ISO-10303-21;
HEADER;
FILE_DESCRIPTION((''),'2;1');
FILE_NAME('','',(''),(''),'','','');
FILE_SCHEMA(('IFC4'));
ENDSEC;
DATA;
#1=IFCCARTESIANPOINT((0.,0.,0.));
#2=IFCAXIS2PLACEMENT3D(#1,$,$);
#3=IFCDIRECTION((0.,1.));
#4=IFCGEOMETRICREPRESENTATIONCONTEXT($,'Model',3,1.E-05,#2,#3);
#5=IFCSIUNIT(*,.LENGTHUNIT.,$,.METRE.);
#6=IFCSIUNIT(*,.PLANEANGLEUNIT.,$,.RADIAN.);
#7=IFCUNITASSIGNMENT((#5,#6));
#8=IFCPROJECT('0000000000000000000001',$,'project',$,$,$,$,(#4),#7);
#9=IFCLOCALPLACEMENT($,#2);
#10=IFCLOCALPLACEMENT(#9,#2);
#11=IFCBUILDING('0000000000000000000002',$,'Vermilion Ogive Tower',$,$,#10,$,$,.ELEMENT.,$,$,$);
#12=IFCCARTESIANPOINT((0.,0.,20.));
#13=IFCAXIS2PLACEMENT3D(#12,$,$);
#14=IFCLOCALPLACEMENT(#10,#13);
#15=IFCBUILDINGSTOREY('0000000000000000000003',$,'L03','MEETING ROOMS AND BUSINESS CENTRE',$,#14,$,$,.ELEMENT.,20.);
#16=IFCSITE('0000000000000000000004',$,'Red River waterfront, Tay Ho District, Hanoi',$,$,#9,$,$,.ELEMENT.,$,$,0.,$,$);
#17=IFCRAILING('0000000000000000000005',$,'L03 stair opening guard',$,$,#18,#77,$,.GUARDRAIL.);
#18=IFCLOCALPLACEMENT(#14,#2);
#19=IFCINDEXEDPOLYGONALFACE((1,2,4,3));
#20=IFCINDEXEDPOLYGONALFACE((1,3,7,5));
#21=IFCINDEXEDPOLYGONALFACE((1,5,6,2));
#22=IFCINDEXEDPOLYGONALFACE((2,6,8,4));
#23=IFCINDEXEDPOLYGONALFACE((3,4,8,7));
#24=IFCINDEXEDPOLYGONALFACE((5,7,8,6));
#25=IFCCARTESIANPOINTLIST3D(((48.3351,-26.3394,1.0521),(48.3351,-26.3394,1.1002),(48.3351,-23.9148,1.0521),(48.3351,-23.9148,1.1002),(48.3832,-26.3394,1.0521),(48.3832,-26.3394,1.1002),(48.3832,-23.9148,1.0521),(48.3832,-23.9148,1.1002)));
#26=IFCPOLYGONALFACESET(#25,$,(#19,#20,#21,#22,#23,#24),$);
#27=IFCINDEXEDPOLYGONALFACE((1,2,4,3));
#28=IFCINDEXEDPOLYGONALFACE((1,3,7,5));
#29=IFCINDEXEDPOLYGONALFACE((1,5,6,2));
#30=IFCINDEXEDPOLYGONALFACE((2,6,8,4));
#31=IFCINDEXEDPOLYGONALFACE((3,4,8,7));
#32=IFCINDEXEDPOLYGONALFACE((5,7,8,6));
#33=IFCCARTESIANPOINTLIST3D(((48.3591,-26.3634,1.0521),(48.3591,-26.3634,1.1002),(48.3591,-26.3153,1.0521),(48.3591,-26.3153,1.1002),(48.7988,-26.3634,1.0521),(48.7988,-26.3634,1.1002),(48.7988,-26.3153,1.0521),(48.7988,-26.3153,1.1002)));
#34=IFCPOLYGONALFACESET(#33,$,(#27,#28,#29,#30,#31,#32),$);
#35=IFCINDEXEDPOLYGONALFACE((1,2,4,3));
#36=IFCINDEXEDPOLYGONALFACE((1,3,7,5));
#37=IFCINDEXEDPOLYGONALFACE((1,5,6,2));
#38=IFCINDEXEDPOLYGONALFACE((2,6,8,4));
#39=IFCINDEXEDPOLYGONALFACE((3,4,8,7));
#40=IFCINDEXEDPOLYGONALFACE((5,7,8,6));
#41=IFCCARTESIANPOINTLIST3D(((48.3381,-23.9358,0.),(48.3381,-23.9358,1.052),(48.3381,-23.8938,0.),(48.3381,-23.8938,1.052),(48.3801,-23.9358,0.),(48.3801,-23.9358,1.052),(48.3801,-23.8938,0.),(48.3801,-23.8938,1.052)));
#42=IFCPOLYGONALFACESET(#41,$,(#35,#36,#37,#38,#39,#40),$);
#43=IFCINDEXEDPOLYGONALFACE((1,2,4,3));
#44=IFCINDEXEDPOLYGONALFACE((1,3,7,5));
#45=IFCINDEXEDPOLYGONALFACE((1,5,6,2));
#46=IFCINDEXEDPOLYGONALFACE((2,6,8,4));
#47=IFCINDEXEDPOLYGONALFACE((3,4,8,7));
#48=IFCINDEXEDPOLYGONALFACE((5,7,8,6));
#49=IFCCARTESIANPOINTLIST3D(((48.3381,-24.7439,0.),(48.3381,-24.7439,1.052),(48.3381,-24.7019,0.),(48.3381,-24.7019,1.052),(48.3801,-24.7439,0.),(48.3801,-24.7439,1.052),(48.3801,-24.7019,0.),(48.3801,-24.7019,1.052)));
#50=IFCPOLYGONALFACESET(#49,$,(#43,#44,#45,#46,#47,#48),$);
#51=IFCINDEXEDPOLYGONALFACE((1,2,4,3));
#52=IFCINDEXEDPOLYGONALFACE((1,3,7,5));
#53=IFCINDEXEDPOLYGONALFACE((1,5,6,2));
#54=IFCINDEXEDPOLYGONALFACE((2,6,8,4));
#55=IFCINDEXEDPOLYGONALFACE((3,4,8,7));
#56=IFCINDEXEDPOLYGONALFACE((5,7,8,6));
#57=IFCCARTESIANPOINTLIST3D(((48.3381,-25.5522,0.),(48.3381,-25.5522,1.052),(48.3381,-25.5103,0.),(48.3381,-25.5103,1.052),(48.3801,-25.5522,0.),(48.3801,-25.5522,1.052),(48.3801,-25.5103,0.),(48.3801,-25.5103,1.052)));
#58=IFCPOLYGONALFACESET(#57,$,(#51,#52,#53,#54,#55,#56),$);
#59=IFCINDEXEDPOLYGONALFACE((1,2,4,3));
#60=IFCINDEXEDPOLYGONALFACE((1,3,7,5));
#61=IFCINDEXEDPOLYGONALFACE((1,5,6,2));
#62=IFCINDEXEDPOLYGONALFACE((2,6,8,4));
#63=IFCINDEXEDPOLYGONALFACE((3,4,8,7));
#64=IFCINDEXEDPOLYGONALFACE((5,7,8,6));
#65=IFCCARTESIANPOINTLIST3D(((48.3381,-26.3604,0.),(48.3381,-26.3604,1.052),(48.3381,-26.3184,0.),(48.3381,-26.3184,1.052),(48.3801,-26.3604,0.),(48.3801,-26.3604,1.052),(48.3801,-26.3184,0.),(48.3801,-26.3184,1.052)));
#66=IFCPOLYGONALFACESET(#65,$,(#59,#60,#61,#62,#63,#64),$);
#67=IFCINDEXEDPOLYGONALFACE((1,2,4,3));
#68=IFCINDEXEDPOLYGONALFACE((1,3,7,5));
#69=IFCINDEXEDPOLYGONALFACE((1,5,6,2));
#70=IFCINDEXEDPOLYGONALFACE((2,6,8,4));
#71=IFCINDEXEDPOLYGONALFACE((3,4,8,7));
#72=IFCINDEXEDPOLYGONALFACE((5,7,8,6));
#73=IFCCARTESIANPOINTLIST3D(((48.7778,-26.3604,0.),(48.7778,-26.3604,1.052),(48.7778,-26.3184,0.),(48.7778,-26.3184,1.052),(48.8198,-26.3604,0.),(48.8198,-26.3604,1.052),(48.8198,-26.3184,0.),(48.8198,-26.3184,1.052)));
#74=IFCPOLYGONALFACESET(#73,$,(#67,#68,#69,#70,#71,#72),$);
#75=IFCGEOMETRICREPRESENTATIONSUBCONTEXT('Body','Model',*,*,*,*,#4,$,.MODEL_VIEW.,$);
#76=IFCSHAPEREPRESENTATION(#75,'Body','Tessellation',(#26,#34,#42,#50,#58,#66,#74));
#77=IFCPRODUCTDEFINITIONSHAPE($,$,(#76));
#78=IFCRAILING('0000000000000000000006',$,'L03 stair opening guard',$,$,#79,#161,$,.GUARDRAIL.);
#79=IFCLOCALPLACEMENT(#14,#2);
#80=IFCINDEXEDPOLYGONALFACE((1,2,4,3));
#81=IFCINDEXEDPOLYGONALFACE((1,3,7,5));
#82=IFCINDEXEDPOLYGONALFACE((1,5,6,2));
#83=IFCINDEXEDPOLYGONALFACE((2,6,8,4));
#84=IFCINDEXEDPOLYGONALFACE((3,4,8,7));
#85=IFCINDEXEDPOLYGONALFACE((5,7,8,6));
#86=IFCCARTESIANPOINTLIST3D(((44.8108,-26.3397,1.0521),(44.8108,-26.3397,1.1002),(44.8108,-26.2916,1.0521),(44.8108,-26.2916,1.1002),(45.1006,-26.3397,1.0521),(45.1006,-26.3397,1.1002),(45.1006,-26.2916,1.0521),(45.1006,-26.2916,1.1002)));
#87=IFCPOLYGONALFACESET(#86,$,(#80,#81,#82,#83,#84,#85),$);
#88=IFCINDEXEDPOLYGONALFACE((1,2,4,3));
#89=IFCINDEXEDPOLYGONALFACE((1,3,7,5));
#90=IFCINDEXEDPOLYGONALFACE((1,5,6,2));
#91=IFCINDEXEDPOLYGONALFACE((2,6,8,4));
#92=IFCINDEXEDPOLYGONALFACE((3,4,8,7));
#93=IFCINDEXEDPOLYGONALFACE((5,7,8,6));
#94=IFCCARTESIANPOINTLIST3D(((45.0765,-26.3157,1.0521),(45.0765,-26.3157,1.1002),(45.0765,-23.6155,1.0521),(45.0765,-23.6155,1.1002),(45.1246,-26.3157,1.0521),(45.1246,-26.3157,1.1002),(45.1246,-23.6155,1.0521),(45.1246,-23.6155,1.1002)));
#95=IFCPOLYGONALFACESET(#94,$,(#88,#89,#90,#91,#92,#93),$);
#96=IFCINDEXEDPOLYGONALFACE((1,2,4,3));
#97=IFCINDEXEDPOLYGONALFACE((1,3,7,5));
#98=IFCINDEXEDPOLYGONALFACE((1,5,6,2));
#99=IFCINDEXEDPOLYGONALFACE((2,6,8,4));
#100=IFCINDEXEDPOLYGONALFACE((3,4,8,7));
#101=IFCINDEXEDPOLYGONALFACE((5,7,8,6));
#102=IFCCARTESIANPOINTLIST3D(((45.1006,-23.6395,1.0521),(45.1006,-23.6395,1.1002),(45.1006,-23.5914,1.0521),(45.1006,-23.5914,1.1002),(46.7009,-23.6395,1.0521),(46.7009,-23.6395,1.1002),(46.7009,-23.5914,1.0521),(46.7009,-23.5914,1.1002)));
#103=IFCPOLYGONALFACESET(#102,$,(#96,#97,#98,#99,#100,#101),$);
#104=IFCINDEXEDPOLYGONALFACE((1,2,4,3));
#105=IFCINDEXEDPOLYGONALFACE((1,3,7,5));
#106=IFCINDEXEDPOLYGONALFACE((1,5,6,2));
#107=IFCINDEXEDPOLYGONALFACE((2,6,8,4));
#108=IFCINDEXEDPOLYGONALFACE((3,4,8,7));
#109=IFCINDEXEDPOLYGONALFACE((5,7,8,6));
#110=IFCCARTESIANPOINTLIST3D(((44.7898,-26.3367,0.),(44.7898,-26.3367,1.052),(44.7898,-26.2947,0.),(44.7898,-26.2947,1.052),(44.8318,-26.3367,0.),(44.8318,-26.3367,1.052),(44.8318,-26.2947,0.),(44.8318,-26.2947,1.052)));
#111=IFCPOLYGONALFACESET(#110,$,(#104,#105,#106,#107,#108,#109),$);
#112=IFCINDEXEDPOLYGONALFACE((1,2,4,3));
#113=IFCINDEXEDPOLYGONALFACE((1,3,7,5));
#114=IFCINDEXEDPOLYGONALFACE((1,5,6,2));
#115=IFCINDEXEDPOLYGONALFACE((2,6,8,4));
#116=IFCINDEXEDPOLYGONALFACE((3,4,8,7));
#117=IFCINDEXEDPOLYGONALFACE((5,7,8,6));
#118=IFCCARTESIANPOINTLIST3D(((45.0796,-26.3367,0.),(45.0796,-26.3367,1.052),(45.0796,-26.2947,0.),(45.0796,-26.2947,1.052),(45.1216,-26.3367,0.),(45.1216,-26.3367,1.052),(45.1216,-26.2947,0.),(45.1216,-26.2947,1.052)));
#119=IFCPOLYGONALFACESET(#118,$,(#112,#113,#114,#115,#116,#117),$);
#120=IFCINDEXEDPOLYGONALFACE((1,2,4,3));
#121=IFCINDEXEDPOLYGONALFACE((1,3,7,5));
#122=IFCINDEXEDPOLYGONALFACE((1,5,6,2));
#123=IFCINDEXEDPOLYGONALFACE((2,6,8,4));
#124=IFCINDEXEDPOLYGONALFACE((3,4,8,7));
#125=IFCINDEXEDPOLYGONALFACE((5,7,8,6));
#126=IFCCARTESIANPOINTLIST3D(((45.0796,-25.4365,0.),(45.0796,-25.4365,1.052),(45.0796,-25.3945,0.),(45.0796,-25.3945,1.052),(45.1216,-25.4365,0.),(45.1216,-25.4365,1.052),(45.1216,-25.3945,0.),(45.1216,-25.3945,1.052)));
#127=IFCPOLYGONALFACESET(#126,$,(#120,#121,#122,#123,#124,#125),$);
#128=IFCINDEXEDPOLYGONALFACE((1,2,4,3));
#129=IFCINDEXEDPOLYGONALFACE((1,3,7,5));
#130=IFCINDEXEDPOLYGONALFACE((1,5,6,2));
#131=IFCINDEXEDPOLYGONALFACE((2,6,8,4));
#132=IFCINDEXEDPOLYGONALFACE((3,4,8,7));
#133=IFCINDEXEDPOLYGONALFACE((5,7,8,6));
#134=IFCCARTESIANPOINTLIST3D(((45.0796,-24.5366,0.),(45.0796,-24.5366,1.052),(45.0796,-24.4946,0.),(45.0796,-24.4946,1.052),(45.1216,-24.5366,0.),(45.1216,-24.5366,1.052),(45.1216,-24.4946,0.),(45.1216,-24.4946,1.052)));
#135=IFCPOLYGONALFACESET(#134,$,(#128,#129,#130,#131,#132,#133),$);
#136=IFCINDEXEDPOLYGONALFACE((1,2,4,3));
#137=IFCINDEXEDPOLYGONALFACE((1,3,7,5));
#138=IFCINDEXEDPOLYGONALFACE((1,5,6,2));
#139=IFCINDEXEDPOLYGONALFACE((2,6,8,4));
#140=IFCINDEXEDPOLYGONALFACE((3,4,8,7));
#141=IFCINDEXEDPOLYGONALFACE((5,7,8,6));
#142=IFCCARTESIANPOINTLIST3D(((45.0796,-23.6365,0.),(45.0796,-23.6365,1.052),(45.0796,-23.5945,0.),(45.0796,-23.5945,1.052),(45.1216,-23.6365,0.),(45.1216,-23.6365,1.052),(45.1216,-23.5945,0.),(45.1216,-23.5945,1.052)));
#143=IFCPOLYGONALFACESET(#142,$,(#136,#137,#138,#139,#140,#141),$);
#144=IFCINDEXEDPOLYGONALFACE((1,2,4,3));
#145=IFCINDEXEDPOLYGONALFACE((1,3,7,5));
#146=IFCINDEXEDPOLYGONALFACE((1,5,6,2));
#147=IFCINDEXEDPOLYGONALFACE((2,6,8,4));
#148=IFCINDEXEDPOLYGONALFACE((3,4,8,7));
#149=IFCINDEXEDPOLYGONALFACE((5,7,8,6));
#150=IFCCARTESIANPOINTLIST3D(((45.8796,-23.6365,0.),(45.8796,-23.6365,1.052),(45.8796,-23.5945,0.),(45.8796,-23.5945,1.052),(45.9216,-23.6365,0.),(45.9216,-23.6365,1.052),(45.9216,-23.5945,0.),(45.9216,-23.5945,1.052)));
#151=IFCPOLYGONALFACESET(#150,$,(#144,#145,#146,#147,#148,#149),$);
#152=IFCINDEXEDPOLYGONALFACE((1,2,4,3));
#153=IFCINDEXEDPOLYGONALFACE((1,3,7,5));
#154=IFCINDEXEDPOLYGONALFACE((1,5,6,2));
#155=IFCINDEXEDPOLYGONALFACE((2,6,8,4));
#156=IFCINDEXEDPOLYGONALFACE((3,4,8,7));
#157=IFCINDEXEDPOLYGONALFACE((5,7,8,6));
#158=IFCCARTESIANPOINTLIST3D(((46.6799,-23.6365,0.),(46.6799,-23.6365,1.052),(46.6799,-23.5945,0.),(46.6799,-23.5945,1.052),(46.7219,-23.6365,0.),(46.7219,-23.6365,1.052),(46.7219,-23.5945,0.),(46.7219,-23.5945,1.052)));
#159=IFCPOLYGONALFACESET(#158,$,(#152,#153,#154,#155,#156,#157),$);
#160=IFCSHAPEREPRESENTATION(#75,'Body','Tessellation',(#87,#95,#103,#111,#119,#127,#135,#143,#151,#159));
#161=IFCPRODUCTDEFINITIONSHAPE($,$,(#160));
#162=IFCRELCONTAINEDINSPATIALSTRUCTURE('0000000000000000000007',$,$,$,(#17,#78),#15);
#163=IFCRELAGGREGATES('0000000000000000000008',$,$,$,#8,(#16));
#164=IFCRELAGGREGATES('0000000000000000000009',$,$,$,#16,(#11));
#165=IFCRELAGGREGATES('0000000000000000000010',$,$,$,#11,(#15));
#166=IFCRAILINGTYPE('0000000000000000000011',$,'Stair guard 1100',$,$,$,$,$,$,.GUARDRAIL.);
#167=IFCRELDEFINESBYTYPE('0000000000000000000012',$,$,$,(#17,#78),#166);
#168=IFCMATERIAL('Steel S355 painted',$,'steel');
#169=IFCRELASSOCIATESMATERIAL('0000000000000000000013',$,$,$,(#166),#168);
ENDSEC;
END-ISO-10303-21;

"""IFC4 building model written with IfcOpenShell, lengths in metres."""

from ifc_helpers import new_model, si_unit, direction, frame, origin, origin_2d, place, context, subcontext, project, spatial, rectangle, extrude, material, type_object, element, save


model = new_model("IFC4")

# Units and contexts
model_context = context("Model", 3, precision=1e-05, world=origin(), true_north=direction((0.0, 1.0)))
body_context = subcontext(model_context, "Body", "Model", "MODEL_VIEW")
ifc_project = project(units=[si_unit("LENGTHUNIT", "METRE"), si_unit("PLANEANGLEUNIT", "RADIAN")], contexts=[model_context])

# Site, building, storey
site_placement = place(None, origin())
site = spatial("IfcSite", under=ifc_project, at=site_placement, Name="Red River waterfront, Tay Ho District, Hanoi", CompositionType="ELEMENT", RefElevation=0.0)
building_placement = place(site_placement, origin())
building = spatial("IfcBuilding", under=site, at=building_placement, Name="Vermilion Ogive Tower", CompositionType="ELEMENT")
storey_placement = place(building_placement, frame((0.0, 0.0, 20.0)))
storey = spatial("IfcBuildingStorey", under=building, at=storey_placement, Name="L03", Description="MEETING ROOMS AND BUSINESS CENTRE", CompositionType="ELEMENT", Elevation=20.0)

# Railings
ifc_material_1 = material(Name="Steel S355 painted", Category="steel")
railing_type = type_object("IfcRailingType", Name="Stair guard 1100", PredefinedType="GUARDRAIL", material=ifc_material_1)
railing_1_placement = place(storey_placement, frame((48.3591, -23.9148, 0.0)))
element("IfcRailing", 1, at=railing_1_placement, inside=storey, type_object=railing_type, Name="L03 stair opening guard", PredefinedType="GUARDRAIL", context=body_context, shape_type="SweptSolid", body=[
    extrude(rectangle(XDim=0.0481, YDim=0.0481, at=origin_2d()), frame((0.0, 0.0, 1.0762), z_axis=(0.0, -1.0, 0.0), x_axis=(1.0, 0.0, 0.0)), (0.0, 0.0, 1.0), 2.4246),
    extrude(rectangle(XDim=0.0481, YDim=0.0481, at=origin_2d()), frame((0.0, -2.4246, 1.0762), z_axis=(1.0, 0.0, 0.0), x_axis=(0.0, 1.0, 0.0)), (0.0, 0.0, 1.0), 0.4397),
    extrude(rectangle(XDim=0.042, YDim=0.042, at=origin_2d()), origin(), (0.0, 0.0, 1.0), 1.052),
    extrude(rectangle(XDim=0.042, YDim=0.042, at=origin_2d()), frame((0.0, -0.8081, 0.0)), (0.0, 0.0, 1.0), 1.052),
    extrude(rectangle(XDim=0.042, YDim=0.042, at=origin_2d()), frame((0.0, -1.6165, 0.0)), (0.0, 0.0, 1.0), 1.052),
    extrude(rectangle(XDim=0.042, YDim=0.042, at=origin_2d()), frame((0.0, -2.4246, 0.0)), (0.0, 0.0, 1.0), 1.052),
    extrude(rectangle(XDim=0.042, YDim=0.042, at=origin_2d()), frame((0.4397, -2.4246, 0.0)), (0.0, 0.0, 1.0), 1.052),
])
railing_2_placement = place(storey_placement, frame((44.8108, -26.3157, 0.0)))
element("IfcRailing", 2, at=railing_2_placement, inside=storey, type_object=railing_type, Name="L03 stair opening guard", PredefinedType="GUARDRAIL", context=body_context, shape_type="SweptSolid", body=[
    extrude(rectangle(XDim=0.0481, YDim=0.0481, at=origin_2d()), frame((0.0, 0.0, 1.0762), z_axis=(1.0, 0.0, 0.0), x_axis=(0.0, 1.0, 0.0)), (0.0, 0.0, 1.0), 0.2898),
    extrude(rectangle(XDim=0.0481, YDim=0.0481, at=origin_2d()), frame((0.2898, 0.0, 1.0762), z_axis=(0.0, 1.0, 0.0), x_axis=(-1.0, 0.0, 0.0)), (0.0, 0.0, 1.0), 2.7002),
    extrude(rectangle(XDim=0.0481, YDim=0.0481, at=origin_2d()), frame((0.2898, 2.7002, 1.0762), z_axis=(1.0, 0.0, 0.0), x_axis=(0.0, 1.0, 0.0)), (0.0, 0.0, 1.0), 1.6003),
    extrude(rectangle(XDim=0.042, YDim=0.042, at=origin_2d()), origin(), (0.0, 0.0, 1.0), 1.052),
    extrude(rectangle(XDim=0.042, YDim=0.042, at=origin_2d()), frame((0.2898, 0.0, 0.0)), (0.0, 0.0, 1.0), 1.052),
    extrude(rectangle(XDim=0.042, YDim=0.042, at=origin_2d()), frame((0.2898, 0.9001, 0.0)), (0.0, 0.0, 1.0), 1.052),
    extrude(rectangle(XDim=0.042, YDim=0.042, at=origin_2d()), frame((0.2898, 1.8, 0.0)), (0.0, 0.0, 1.0), 1.052),
    extrude(rectangle(XDim=0.042, YDim=0.042, at=origin_2d()), frame((0.2898, 2.7002, 0.0)), (0.0, 0.0, 1.0), 1.052),
    extrude(rectangle(XDim=0.042, YDim=0.042, at=origin_2d()), frame((1.0898, 2.7002, 0.0)), (0.0, 0.0, 1.0), 1.052),
    extrude(rectangle(XDim=0.042, YDim=0.042, at=origin_2d()), frame((1.8901, 2.7002, 0.0)), (0.0, 0.0, 1.0), 1.052),
])

save(model, "model.ifc")
